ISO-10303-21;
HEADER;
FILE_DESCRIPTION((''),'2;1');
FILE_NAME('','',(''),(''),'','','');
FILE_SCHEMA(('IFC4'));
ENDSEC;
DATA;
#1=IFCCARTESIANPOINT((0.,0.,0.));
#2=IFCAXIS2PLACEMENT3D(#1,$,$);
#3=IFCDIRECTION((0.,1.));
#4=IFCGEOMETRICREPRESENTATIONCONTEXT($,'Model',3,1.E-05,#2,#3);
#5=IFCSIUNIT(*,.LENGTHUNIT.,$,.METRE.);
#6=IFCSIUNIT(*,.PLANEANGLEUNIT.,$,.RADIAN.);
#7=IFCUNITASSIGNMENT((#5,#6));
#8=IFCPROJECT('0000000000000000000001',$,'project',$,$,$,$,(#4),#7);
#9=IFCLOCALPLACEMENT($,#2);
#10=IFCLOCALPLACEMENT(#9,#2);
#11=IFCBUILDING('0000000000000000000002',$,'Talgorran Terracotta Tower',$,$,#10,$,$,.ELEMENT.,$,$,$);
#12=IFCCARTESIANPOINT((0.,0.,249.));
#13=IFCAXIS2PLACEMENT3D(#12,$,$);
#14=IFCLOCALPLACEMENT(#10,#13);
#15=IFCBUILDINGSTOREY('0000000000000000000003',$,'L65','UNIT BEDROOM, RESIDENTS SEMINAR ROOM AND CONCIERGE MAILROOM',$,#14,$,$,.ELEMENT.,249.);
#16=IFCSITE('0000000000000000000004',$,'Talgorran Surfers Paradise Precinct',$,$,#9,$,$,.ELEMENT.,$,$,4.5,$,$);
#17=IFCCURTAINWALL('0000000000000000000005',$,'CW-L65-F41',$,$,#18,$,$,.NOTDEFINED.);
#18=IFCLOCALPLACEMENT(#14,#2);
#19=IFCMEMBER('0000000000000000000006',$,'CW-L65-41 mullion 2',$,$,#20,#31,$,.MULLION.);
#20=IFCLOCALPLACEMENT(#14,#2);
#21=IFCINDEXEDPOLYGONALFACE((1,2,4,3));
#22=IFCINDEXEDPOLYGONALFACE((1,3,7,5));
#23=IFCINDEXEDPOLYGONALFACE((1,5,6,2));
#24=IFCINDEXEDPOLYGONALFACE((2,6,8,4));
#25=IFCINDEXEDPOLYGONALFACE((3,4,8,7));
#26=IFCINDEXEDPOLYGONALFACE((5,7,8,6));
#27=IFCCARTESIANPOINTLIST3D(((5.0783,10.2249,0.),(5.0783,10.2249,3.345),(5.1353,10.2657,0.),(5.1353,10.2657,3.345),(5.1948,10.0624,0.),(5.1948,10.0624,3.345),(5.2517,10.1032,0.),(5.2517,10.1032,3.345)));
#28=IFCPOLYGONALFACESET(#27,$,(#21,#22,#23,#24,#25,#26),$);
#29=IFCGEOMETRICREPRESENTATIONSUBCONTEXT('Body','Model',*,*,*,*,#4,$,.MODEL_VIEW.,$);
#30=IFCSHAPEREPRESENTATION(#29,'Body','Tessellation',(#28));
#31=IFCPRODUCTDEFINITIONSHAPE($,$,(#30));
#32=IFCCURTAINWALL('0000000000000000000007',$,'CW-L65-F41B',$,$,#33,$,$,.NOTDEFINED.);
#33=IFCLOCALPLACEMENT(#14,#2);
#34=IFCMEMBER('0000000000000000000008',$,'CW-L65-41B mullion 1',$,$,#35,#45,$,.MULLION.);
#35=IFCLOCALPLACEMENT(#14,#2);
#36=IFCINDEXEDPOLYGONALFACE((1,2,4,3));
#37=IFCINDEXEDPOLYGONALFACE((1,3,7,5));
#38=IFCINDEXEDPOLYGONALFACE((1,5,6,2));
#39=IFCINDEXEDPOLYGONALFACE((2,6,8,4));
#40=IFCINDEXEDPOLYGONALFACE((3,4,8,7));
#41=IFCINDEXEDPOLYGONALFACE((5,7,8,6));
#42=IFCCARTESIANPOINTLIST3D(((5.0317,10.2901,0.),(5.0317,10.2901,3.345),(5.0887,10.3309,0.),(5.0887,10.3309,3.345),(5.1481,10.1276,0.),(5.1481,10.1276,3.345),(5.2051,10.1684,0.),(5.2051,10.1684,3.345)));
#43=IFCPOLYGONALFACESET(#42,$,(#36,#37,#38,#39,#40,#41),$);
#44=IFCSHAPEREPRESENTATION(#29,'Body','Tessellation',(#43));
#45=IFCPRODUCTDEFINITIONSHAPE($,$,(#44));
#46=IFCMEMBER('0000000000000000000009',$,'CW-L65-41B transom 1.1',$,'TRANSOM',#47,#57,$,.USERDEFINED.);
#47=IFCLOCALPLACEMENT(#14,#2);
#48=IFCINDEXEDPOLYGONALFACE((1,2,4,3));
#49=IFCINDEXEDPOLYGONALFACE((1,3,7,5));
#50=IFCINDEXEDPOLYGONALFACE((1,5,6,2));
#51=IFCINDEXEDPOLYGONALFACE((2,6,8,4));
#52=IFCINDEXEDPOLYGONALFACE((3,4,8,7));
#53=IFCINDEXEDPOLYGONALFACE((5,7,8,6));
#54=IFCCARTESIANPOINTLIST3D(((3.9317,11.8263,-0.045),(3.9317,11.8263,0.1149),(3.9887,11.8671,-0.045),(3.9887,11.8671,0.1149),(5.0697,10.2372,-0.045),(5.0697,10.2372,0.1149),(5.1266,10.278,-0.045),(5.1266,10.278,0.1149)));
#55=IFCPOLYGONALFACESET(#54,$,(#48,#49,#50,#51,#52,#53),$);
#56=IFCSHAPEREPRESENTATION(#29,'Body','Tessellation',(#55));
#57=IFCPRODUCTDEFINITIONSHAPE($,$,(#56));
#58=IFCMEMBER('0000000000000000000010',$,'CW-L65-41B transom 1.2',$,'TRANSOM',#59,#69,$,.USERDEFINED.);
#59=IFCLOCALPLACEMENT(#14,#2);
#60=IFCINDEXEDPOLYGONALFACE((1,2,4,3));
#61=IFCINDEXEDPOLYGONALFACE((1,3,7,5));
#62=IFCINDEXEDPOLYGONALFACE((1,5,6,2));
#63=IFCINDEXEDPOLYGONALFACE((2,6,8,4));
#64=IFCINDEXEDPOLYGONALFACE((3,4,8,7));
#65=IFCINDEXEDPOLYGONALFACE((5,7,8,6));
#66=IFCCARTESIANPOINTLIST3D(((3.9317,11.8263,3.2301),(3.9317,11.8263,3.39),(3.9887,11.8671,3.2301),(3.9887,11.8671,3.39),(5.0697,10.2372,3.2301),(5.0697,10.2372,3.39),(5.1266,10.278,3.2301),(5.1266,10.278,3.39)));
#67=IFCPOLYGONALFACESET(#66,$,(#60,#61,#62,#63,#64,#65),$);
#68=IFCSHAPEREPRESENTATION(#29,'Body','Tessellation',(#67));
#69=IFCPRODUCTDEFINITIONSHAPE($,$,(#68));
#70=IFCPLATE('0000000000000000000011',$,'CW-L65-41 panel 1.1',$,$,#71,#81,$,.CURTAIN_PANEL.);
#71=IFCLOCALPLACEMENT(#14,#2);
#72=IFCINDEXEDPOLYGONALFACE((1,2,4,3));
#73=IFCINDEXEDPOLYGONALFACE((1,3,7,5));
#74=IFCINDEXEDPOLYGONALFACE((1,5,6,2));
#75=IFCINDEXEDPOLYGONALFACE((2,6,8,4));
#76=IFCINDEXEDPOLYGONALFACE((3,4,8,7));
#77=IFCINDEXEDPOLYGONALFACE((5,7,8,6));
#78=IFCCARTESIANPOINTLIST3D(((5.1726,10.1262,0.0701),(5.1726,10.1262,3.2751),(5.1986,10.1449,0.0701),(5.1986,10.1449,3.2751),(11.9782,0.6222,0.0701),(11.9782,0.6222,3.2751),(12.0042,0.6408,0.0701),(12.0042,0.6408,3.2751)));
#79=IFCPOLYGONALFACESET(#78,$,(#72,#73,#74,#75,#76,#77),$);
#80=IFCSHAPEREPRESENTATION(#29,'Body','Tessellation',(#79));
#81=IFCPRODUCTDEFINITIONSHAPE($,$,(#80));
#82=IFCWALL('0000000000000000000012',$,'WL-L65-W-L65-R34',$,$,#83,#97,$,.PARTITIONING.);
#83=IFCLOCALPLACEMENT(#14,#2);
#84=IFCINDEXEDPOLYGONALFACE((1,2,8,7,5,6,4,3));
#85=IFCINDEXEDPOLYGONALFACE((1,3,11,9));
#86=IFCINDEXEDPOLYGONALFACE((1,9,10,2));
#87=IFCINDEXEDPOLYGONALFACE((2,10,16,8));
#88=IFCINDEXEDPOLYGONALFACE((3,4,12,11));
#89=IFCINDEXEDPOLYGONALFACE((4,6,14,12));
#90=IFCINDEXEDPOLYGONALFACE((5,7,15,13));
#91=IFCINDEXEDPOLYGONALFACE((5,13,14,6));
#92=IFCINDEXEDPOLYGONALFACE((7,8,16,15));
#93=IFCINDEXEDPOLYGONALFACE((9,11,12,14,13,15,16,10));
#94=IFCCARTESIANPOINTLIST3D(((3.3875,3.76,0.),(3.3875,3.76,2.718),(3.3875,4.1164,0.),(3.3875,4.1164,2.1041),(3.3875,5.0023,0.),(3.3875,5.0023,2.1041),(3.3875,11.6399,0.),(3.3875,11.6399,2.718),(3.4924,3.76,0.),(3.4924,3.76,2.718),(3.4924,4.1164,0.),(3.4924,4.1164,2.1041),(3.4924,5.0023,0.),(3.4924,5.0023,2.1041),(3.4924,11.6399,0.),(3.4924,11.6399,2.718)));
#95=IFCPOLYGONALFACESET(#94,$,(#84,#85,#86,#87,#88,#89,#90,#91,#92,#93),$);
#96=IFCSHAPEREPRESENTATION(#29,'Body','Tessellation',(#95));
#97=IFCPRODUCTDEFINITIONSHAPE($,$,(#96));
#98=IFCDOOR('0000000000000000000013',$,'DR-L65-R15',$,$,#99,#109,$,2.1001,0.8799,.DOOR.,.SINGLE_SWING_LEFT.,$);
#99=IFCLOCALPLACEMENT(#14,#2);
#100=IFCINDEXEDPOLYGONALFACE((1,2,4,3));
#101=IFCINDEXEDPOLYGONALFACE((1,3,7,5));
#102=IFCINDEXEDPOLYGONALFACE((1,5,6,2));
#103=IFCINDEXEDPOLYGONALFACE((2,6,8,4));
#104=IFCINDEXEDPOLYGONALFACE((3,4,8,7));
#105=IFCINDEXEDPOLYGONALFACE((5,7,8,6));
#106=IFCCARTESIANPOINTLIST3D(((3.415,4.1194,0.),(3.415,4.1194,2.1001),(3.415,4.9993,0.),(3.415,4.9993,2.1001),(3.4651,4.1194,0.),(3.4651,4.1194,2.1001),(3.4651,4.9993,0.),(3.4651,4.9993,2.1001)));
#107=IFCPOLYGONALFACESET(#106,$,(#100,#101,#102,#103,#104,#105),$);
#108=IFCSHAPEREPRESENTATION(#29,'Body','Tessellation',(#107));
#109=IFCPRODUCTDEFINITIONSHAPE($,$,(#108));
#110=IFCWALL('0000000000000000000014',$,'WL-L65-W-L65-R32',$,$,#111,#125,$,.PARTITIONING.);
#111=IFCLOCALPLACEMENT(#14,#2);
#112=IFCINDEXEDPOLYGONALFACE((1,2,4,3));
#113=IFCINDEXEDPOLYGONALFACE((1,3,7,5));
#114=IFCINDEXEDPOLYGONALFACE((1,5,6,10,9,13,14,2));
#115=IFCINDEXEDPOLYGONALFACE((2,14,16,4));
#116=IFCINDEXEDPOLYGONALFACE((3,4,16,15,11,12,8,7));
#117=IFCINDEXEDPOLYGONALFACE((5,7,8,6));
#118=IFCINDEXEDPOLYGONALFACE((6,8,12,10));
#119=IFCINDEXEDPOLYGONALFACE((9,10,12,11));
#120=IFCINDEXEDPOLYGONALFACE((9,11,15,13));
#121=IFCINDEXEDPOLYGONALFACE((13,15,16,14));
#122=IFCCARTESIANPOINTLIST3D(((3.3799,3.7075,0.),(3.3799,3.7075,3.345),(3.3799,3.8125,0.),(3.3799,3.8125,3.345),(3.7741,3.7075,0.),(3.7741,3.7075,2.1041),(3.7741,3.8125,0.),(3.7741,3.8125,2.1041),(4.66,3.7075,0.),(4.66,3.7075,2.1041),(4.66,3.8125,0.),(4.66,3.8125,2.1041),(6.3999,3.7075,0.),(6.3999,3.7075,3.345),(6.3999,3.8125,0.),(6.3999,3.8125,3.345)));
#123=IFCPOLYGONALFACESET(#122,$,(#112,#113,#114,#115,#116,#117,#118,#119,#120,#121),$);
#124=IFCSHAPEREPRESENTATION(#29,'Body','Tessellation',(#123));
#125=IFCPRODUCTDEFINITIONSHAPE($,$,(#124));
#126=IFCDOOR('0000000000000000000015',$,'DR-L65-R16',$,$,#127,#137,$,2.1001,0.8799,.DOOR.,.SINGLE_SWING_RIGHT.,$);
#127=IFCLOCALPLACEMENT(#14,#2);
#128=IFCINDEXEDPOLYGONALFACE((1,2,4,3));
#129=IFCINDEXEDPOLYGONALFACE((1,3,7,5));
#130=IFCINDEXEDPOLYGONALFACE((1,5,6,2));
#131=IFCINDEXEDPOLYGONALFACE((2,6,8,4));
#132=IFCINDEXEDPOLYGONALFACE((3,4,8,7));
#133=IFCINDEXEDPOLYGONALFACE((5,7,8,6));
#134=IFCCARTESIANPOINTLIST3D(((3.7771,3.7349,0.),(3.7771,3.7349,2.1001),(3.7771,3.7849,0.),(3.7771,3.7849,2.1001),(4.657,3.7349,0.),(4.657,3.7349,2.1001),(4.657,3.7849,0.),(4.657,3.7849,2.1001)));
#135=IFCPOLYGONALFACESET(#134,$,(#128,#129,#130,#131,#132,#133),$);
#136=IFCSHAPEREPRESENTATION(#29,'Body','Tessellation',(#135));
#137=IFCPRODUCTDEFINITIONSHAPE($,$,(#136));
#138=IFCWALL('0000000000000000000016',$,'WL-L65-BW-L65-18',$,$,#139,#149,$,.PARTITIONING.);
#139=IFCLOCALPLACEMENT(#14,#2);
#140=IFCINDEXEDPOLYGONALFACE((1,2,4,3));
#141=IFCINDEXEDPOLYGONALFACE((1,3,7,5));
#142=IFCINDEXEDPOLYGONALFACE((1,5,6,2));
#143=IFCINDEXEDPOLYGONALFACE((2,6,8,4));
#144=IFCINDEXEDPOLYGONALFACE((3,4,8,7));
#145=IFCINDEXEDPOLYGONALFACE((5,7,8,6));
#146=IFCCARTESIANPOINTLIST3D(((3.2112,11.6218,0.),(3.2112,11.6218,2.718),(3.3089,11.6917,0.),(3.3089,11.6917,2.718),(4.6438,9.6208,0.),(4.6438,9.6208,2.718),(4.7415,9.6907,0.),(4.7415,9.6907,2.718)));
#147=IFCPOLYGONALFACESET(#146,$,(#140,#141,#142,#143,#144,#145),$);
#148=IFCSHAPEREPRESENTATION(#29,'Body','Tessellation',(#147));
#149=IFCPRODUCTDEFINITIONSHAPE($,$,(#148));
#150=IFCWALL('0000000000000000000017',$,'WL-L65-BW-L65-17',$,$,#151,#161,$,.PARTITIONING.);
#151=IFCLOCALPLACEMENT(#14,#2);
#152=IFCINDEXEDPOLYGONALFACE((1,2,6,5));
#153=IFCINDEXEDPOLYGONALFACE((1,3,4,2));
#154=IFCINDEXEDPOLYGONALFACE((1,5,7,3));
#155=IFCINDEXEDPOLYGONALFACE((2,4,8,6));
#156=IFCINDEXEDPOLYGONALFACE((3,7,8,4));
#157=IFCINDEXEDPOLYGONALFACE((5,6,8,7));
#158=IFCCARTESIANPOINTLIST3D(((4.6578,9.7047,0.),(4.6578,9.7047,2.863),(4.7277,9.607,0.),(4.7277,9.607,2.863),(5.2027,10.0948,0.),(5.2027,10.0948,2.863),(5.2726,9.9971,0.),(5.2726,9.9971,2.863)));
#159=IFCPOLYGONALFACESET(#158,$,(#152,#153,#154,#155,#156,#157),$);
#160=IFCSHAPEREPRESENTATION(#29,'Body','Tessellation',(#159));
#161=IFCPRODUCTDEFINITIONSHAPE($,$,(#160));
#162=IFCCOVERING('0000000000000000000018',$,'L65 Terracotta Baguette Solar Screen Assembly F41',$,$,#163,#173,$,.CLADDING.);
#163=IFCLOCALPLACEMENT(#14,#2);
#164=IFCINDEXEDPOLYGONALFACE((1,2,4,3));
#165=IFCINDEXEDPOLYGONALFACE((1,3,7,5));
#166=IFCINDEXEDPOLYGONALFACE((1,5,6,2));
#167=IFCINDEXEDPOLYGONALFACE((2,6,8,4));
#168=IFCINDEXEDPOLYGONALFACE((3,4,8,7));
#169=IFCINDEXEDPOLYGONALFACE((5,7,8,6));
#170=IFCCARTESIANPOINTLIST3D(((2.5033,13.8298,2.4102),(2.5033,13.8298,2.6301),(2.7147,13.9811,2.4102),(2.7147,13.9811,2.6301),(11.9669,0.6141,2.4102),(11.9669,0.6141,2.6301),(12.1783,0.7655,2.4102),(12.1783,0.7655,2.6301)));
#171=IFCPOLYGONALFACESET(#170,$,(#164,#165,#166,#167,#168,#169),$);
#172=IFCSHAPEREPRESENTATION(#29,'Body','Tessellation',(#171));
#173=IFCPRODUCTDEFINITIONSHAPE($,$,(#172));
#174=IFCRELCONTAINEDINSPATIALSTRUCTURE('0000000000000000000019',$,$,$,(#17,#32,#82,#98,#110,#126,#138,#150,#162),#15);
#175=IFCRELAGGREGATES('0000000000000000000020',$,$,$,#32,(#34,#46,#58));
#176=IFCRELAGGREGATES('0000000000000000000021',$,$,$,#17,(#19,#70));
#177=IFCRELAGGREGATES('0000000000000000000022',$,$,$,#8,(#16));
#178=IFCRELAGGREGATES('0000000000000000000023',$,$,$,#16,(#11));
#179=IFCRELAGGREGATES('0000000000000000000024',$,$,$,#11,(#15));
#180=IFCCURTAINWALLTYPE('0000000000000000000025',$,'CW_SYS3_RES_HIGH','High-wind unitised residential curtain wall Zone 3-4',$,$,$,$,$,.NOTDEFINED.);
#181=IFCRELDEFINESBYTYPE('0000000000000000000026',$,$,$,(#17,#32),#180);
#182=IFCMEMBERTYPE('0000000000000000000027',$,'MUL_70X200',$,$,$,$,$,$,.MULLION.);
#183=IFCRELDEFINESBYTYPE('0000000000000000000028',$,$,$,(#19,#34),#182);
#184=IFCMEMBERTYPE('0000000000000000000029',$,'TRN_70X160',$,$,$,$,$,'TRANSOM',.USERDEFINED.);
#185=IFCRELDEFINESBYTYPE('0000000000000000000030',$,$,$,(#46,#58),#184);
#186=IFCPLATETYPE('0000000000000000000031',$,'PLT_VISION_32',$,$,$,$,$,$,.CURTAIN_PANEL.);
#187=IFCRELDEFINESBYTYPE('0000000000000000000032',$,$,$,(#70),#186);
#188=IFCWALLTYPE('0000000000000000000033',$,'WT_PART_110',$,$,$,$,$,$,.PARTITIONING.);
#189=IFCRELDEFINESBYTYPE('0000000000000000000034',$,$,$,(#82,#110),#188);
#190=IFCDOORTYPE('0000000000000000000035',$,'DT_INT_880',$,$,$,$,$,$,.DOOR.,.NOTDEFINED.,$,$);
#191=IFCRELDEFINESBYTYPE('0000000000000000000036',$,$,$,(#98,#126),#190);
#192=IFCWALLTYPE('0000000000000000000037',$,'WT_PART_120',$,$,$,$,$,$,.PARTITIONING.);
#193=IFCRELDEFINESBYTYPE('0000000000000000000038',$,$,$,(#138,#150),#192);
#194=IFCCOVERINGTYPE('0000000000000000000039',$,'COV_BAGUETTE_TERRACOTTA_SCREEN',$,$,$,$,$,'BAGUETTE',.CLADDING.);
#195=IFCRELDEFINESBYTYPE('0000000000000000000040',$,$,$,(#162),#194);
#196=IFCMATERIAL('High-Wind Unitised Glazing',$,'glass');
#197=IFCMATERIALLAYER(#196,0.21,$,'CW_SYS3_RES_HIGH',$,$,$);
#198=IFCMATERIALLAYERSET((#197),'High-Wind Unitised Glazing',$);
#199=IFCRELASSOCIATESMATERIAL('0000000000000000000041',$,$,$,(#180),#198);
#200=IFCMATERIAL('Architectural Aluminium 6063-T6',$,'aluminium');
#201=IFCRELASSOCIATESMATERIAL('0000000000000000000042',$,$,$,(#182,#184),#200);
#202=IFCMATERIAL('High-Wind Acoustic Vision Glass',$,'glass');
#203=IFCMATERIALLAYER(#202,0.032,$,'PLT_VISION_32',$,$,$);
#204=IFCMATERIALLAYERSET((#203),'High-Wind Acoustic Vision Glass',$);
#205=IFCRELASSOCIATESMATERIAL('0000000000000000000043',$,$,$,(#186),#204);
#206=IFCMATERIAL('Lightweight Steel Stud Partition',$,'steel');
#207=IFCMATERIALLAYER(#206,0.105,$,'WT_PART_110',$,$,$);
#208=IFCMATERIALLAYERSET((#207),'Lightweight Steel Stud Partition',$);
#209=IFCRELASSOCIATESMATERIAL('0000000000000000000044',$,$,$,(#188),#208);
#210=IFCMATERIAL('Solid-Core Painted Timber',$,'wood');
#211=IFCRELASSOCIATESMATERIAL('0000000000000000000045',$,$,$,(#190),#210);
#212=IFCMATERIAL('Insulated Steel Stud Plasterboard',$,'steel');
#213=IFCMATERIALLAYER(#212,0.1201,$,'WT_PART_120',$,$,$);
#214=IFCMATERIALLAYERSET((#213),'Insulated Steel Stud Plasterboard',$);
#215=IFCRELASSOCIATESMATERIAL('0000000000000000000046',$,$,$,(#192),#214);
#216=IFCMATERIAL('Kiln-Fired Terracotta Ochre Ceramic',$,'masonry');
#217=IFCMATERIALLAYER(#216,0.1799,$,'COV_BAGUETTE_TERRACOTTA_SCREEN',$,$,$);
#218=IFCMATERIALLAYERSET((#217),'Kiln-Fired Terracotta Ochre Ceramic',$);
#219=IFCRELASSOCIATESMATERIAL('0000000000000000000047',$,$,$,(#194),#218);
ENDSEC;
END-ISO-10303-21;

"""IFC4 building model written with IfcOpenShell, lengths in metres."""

from ifc_helpers import new_model, si_unit, direction, frame, frame_2d, origin, origin_2d, place, context, subcontext, project, spatial, rectangle, extrude, source, transform, mapped, material, layer, layer_set, material_profile, profile_set, type_object, type_shapes, element, fill, aggregate, save


model = new_model("IFC4")

# Units and contexts
model_context = context("Model", 3, precision=1e-05, world=origin(), true_north=direction((0.0, 1.0)))
body_context = subcontext(model_context, "Body", "Model", "MODEL_VIEW")
ifc_project = project(units=[si_unit("LENGTHUNIT", "METRE"), si_unit("PLANEANGLEUNIT", "RADIAN")], contexts=[model_context])

# Site, building, storey
site_placement = place(None, origin())
site = spatial("IfcSite", under=ifc_project, at=site_placement, Name="Talgorran Surfers Paradise Precinct", CompositionType="ELEMENT", RefElevation=4.5)
building_placement = place(site_placement, origin())
building = spatial("IfcBuilding", under=site, at=building_placement, Name="Talgorran Terracotta Tower", CompositionType="ELEMENT")
storey_placement = place(building_placement, frame((0.0, 0.0, 249.0)))
storey = spatial("IfcBuildingStorey", under=building, at=storey_placement, Name="L65", Description="UNIT BEDROOM, RESIDENTS SEMINAR ROOM AND CONCIERGE MAILROOM", CompositionType="ELEMENT", Elevation=249.0)

# Curtain wall, member
ifc_material_1 = material(Name="High-Wind Unitised Glazing", Category="glass")
ifc_layer_1 = layer(ifc_material_1, 0.21, Name="CW_SYS3_RES_HIGH")
ifc_layer_set_1 = layer_set([ifc_layer_1], Name="High-Wind Unitised Glazing")
curtain_wall_type = type_object("IfcCurtainWallType", Name="CW_SYS3_RES_HIGH", Description="High-wind unitised residential curtain wall Zone 3-4", PredefinedType="NOTDEFINED", material=ifc_layer_set_1)
curtain_wall_1_placement = place(storey_placement, origin())
curtain_wall_1 = element("IfcCurtainWall", 1, at=curtain_wall_1_placement, inside=storey, type_object=curtain_wall_type, Name="CW-L65-F41", PredefinedType="NOTDEFINED")
ifc_material_2 = material(Name="Architectural Aluminium 6063-T6", Category="aluminium")
ifc_material_profile_1 = material_profile(ifc_material_2, rectangle(XDim=0.0701, YDim=0.2, at=origin_2d()), Name="CWM70X200")
ifc_profile_set_1 = profile_set([ifc_material_profile_1], Name="Architectural Aluminium 6063-T6")
member_type_1 = type_object("IfcMemberType", Name="MUL_70X200", PredefinedType="MULLION", material=ifc_profile_set_1)
member_1_placement = place(storey_placement, frame((5.165, 10.1641, 0.0), z_axis=(0.0, 0.0, 1.0), x_axis=(-0.813042, -0.582205, 0.0)))
member_1 = element("IfcMember", 2, at=member_1_placement, type_object=member_type_1, Name="CW-L65-41 mullion 2", PredefinedType="MULLION", context=body_context, shape_type="SweptSolid", body=[
    extrude(rectangle(XDim=0.0701, YDim=0.2, at=origin_2d()), origin(), (0.0, 0.0, 1.0), 3.345),
])

# Curtain wall, members
curtain_wall_2_placement = place(storey_placement, origin())
curtain_wall_2 = element("IfcCurtainWall", 3, at=curtain_wall_2_placement, inside=storey, type_object=curtain_wall_type, Name="CW-L65-F41B", PredefinedType="NOTDEFINED")
member_2_placement = place(storey_placement, frame((5.1184, 10.2292, 0.0), z_axis=(0.0, 0.0, 1.0), x_axis=(-0.813046, -0.5822, 0.0)))
member_2 = element("IfcMember", 4, at=member_2_placement, type_object=member_type_1, Name="CW-L65-41B mullion 1", PredefinedType="MULLION", context=body_context, shape_type="SweptSolid", body=[
    extrude(rectangle(XDim=0.0701, YDim=0.2, at=origin_2d()), origin(), (0.0, 0.0, 1.0), 3.345),
])
ifc_material_profile_2 = material_profile(ifc_material_2, rectangle(XDim=0.0701, YDim=0.1599, at=origin_2d()), Name="CWT70X160")
ifc_profile_set_2 = profile_set([ifc_material_profile_2], Name="Architectural Aluminium 6063-T6")
member_type_2 = type_object("IfcMemberType", Name="TRN_70X160", ElementType="TRANSOM", PredefinedType="USERDEFINED", material=ifc_profile_set_2)
member_3_placement = place(storey_placement, frame((5.0981, 10.2576, 0.0349), z_axis=(-0.582207, 0.813041, 0.0), x_axis=(-0.813041, -0.582207, 0.0)))
member_3 = element("IfcMember", 5, at=member_3_placement, type_object=member_type_2, Name="CW-L65-41B transom 1.1", ObjectType="TRANSOM", PredefinedType="USERDEFINED", context=body_context, shape_type="SweptSolid", body=[
    extrude(rectangle(XDim=0.0701, YDim=0.1599, at=origin_2d()), origin(), (0.0, 0.0, 1.0), 1.9546),
])
member_4_placement = place(storey_placement, frame((5.0981, 10.2576, 3.3101), z_axis=(-0.582207, 0.813041, 0.0), x_axis=(-0.813041, -0.582207, 0.0)))
member_4 = element("IfcMember", 6, at=member_4_placement, type_object=member_type_2, Name="CW-L65-41B transom 1.2", ObjectType="TRANSOM", PredefinedType="USERDEFINED", context=body_context, shape_type="SweptSolid", body=[
    extrude(rectangle(XDim=0.0701, YDim=0.1599, at=origin_2d()), origin(), (0.0, 0.0, 1.0), 1.9546),
])
aggregate(curtain_wall_2, [member_2, member_3, member_4])

# Plate
ifc_material_3 = material(Name="High-Wind Acoustic Vision Glass", Category="glass")
ifc_layer_2 = layer(ifc_material_3, 0.032, Name="PLT_VISION_32")
ifc_layer_set_2 = layer_set([ifc_layer_2], Name="High-Wind Acoustic Vision Glass")
plate_type = type_object("IfcPlateType", Name="PLT_VISION_32", PredefinedType="CURTAIN_PANEL", material=ifc_layer_set_2)
shared_shape = source(origin(), body_context, "Body", "SweptSolid", [
    extrude(rectangle(XDim=11.6895, YDim=0.032, at=origin_2d()), origin(), (0.0, 0.0, 1.0), 3.2051),
])
type_shapes(plate_type, [shared_shape])
plate_placement = place(storey_placement, frame((8.5884, 5.3835, 0.0701), z_axis=(0.0, 0.0, 1.0), x_axis=(-0.582205, 0.813042, 0.0)))
plate = element("IfcPlate", 7, at=plate_placement, type_object=plate_type, Name="CW-L65-41 panel 1.1", PredefinedType="CURTAIN_PANEL", context=body_context, shape_type="MappedRepresentation", body=[
    mapped(shared_shape, transform((0.0, 0.0, 0.0), scale=1.0)),
])
aggregate(curtain_wall_1, [member_1, plate])

# Walls, openings, doors
ifc_material_4 = material(Name="Lightweight Steel Stud Partition", Category="steel")
ifc_layer_3 = layer(ifc_material_4, 0.105, Name="WT_PART_110")
ifc_layer_set_3 = layer_set([ifc_layer_3], Name="Lightweight Steel Stud Partition")
wall_type_1 = type_object("IfcWallType", Name="WT_PART_110", PredefinedType="PARTITIONING", material=ifc_layer_set_3)
wall_1_placement = place(storey_placement, frame((3.4399, 3.76, 0.0), z_axis=(0.0, 0.0, 1.0), x_axis=(0.0, 1.0, 0.0)))
wall_1 = element("IfcWall", 8, at=wall_1_placement, inside=storey, type_object=wall_type_1, Name="WL-L65-W-L65-R34", PredefinedType="PARTITIONING", context=body_context, shape_type="SweptSolid", body=[
    extrude(rectangle(XDim=7.8799, YDim=0.105, at=frame_2d((3.9399, 0.0))), origin(), (0.0, 0.0, 1.0), 2.718),
])
opening_1_placement = place(wall_1_placement, frame((0.3594, 0.0, 0.0)))
opening_1 = element("IfcOpeningElement", 9, at=opening_1_placement, cuts=wall_1, PredefinedType="OPENING", context=body_context, shape_type="SweptSolid", body=[
    extrude(rectangle(XDim=0.8859, YDim=2.1041, at=frame_2d((0.4399, 1.052))), frame((0.0, 0.0625, 0.0), z_axis=(0.0, -1.0, 0.0), x_axis=(1.0, 0.0, 0.0)), (0.0, 0.0, 1.0), 0.125),
])
ifc_material_5 = material(Name="Solid-Core Painted Timber", Category="wood")
door_type = type_object("IfcDoorType", Name="DT_INT_880", OperationType="NOTDEFINED", PredefinedType="DOOR", material=ifc_material_5)
door_1_placement = place(opening_1_placement, origin())
door_1 = element("IfcDoor", 10, at=door_1_placement, inside=storey, type_object=door_type, Name="DR-L65-R15", OperationType="SINGLE_SWING_LEFT", OverallHeight=2.1001, OverallWidth=0.8799, PredefinedType="DOOR", context=body_context, shape_type="SweptSolid", body=[
    extrude(rectangle(XDim=0.8799, YDim=2.1001, at=frame_2d((0.4399, 1.05))), frame((0.0, 0.0249, 0.0), z_axis=(0.0, -1.0, 0.0), x_axis=(1.0, 0.0, 0.0)), (0.0, 0.0, 1.0), 0.05),
])
fill(opening_1, door_1)
wall_2_placement = place(storey_placement, frame((3.3799, 3.76, 0.0), z_axis=(0.0, 0.0, 1.0), x_axis=(1.0, 0.0, 0.0)))
wall_2 = element("IfcWall", 11, at=wall_2_placement, inside=storey, type_object=wall_type_1, Name="WL-L65-W-L65-R32", PredefinedType="PARTITIONING", context=body_context, shape_type="SweptSolid", body=[
    extrude(rectangle(XDim=3.02, YDim=0.105, at=frame_2d((1.51, 0.0))), origin(), (0.0, 0.0, 1.0), 3.345),
])
opening_2_placement = place(wall_2_placement, frame((0.3972, 0.0, 0.0)))
opening_2 = element("IfcOpeningElement", 12, at=opening_2_placement, cuts=wall_2, PredefinedType="OPENING", context=body_context, shape_type="SweptSolid", body=[
    extrude(rectangle(XDim=0.8859, YDim=2.1041, at=frame_2d((0.4399, 1.052))), frame((0.0, 0.0625, 0.0), z_axis=(0.0, -1.0, 0.0), x_axis=(1.0, 0.0, 0.0)), (0.0, 0.0, 1.0), 0.125),
])
door_2_placement = place(opening_2_placement, origin())
door_2 = element("IfcDoor", 13, at=door_2_placement, inside=storey, type_object=door_type, Name="DR-L65-R16", OperationType="SINGLE_SWING_RIGHT", OverallHeight=2.1001, OverallWidth=0.8799, PredefinedType="DOOR", context=body_context, shape_type="SweptSolid", body=[
    extrude(rectangle(XDim=0.8799, YDim=2.1001, at=frame_2d((0.4399, 1.05))), frame((0.0, 0.0249, 0.0), z_axis=(0.0, -1.0, 0.0), x_axis=(1.0, 0.0, 0.0)), (0.0, 0.0, 1.0), 0.05),
])
fill(opening_2, door_2)

# Walls
ifc_material_6 = material(Name="Insulated Steel Stud Plasterboard", Category="steel")
ifc_layer_4 = layer(ifc_material_6, 0.1201, Name="WT_PART_120")
ifc_layer_set_4 = layer_set([ifc_layer_4], Name="Insulated Steel Stud Plasterboard")
wall_type_2 = type_object("IfcWallType", Name="WT_PART_120", PredefinedType="PARTITIONING", material=ifc_layer_set_4)
wall_3_placement = place(storey_placement, frame((4.6926, 9.6558, 0.0), z_axis=(0.0, 0.0, 1.0), x_axis=(-0.582139, 0.813089, 0.0)))
element("IfcWall", 14, at=wall_3_placement, inside=storey, type_object=wall_type_2, Name="WL-L65-BW-L65-18", PredefinedType="PARTITIONING", context=body_context, shape_type="SweptSolid", body=[
    extrude(rectangle(XDim=2.4609, YDim=0.1201, at=frame_2d((1.2305, 0.0))), origin(), (0.0, 0.0, 1.0), 2.718),
])
wall_4_placement = place(storey_placement, frame((5.2375, 10.0459, 0.0), z_axis=(0.0, 0.0, 1.0), x_axis=(-0.813093, -0.582134, 0.0)))
element("IfcWall", 15, at=wall_4_placement, inside=storey, type_object=wall_type_2, Name="WL-L65-BW-L65-17", PredefinedType="PARTITIONING", context=body_context, shape_type="SweptSolid", body=[
    extrude(rectangle(XDim=0.6702, YDim=0.1201, at=frame_2d((0.335, 0.0))), origin(), (0.0, 0.0, 1.0), 2.863),
])

# Covering
ifc_material_7 = material(Name="Kiln-Fired Terracotta Ochre Ceramic", Category="masonry")
ifc_layer_5 = layer(ifc_material_7, 0.1799, Name="COV_BAGUETTE_TERRACOTTA_SCREEN")
ifc_layer_set_5 = layer_set([ifc_layer_5], Name="Kiln-Fired Terracotta Ochre Ceramic")
covering_type_1 = type_object("IfcCoveringType", Name="COV_BAGUETTE_TERRACOTTA_SCREEN", ElementType="BAGUETTE", PredefinedType="CLADDING", material=ifc_layer_set_5)
covering_1_placement = place(storey_placement, frame((7.3408, 7.2976, 2.4102), z_axis=(0.0, 0.0, 1.0), x_axis=(-0.582208, 0.81304, 0.0)))
element("IfcCovering", 16, at=covering_1_placement, inside=storey, type_object=covering_type_1, Name="L65 Terracotta Baguette Solar Screen Assembly F41", PredefinedType="CLADDING", context=body_context, shape_type="SweptSolid", body=[
    extrude(rectangle(XDim=16.2546, YDim=0.26, at=origin_2d()), origin(), (0.0, 0.0, 1.0), 0.22),
])

save(model, "model.ifc")
